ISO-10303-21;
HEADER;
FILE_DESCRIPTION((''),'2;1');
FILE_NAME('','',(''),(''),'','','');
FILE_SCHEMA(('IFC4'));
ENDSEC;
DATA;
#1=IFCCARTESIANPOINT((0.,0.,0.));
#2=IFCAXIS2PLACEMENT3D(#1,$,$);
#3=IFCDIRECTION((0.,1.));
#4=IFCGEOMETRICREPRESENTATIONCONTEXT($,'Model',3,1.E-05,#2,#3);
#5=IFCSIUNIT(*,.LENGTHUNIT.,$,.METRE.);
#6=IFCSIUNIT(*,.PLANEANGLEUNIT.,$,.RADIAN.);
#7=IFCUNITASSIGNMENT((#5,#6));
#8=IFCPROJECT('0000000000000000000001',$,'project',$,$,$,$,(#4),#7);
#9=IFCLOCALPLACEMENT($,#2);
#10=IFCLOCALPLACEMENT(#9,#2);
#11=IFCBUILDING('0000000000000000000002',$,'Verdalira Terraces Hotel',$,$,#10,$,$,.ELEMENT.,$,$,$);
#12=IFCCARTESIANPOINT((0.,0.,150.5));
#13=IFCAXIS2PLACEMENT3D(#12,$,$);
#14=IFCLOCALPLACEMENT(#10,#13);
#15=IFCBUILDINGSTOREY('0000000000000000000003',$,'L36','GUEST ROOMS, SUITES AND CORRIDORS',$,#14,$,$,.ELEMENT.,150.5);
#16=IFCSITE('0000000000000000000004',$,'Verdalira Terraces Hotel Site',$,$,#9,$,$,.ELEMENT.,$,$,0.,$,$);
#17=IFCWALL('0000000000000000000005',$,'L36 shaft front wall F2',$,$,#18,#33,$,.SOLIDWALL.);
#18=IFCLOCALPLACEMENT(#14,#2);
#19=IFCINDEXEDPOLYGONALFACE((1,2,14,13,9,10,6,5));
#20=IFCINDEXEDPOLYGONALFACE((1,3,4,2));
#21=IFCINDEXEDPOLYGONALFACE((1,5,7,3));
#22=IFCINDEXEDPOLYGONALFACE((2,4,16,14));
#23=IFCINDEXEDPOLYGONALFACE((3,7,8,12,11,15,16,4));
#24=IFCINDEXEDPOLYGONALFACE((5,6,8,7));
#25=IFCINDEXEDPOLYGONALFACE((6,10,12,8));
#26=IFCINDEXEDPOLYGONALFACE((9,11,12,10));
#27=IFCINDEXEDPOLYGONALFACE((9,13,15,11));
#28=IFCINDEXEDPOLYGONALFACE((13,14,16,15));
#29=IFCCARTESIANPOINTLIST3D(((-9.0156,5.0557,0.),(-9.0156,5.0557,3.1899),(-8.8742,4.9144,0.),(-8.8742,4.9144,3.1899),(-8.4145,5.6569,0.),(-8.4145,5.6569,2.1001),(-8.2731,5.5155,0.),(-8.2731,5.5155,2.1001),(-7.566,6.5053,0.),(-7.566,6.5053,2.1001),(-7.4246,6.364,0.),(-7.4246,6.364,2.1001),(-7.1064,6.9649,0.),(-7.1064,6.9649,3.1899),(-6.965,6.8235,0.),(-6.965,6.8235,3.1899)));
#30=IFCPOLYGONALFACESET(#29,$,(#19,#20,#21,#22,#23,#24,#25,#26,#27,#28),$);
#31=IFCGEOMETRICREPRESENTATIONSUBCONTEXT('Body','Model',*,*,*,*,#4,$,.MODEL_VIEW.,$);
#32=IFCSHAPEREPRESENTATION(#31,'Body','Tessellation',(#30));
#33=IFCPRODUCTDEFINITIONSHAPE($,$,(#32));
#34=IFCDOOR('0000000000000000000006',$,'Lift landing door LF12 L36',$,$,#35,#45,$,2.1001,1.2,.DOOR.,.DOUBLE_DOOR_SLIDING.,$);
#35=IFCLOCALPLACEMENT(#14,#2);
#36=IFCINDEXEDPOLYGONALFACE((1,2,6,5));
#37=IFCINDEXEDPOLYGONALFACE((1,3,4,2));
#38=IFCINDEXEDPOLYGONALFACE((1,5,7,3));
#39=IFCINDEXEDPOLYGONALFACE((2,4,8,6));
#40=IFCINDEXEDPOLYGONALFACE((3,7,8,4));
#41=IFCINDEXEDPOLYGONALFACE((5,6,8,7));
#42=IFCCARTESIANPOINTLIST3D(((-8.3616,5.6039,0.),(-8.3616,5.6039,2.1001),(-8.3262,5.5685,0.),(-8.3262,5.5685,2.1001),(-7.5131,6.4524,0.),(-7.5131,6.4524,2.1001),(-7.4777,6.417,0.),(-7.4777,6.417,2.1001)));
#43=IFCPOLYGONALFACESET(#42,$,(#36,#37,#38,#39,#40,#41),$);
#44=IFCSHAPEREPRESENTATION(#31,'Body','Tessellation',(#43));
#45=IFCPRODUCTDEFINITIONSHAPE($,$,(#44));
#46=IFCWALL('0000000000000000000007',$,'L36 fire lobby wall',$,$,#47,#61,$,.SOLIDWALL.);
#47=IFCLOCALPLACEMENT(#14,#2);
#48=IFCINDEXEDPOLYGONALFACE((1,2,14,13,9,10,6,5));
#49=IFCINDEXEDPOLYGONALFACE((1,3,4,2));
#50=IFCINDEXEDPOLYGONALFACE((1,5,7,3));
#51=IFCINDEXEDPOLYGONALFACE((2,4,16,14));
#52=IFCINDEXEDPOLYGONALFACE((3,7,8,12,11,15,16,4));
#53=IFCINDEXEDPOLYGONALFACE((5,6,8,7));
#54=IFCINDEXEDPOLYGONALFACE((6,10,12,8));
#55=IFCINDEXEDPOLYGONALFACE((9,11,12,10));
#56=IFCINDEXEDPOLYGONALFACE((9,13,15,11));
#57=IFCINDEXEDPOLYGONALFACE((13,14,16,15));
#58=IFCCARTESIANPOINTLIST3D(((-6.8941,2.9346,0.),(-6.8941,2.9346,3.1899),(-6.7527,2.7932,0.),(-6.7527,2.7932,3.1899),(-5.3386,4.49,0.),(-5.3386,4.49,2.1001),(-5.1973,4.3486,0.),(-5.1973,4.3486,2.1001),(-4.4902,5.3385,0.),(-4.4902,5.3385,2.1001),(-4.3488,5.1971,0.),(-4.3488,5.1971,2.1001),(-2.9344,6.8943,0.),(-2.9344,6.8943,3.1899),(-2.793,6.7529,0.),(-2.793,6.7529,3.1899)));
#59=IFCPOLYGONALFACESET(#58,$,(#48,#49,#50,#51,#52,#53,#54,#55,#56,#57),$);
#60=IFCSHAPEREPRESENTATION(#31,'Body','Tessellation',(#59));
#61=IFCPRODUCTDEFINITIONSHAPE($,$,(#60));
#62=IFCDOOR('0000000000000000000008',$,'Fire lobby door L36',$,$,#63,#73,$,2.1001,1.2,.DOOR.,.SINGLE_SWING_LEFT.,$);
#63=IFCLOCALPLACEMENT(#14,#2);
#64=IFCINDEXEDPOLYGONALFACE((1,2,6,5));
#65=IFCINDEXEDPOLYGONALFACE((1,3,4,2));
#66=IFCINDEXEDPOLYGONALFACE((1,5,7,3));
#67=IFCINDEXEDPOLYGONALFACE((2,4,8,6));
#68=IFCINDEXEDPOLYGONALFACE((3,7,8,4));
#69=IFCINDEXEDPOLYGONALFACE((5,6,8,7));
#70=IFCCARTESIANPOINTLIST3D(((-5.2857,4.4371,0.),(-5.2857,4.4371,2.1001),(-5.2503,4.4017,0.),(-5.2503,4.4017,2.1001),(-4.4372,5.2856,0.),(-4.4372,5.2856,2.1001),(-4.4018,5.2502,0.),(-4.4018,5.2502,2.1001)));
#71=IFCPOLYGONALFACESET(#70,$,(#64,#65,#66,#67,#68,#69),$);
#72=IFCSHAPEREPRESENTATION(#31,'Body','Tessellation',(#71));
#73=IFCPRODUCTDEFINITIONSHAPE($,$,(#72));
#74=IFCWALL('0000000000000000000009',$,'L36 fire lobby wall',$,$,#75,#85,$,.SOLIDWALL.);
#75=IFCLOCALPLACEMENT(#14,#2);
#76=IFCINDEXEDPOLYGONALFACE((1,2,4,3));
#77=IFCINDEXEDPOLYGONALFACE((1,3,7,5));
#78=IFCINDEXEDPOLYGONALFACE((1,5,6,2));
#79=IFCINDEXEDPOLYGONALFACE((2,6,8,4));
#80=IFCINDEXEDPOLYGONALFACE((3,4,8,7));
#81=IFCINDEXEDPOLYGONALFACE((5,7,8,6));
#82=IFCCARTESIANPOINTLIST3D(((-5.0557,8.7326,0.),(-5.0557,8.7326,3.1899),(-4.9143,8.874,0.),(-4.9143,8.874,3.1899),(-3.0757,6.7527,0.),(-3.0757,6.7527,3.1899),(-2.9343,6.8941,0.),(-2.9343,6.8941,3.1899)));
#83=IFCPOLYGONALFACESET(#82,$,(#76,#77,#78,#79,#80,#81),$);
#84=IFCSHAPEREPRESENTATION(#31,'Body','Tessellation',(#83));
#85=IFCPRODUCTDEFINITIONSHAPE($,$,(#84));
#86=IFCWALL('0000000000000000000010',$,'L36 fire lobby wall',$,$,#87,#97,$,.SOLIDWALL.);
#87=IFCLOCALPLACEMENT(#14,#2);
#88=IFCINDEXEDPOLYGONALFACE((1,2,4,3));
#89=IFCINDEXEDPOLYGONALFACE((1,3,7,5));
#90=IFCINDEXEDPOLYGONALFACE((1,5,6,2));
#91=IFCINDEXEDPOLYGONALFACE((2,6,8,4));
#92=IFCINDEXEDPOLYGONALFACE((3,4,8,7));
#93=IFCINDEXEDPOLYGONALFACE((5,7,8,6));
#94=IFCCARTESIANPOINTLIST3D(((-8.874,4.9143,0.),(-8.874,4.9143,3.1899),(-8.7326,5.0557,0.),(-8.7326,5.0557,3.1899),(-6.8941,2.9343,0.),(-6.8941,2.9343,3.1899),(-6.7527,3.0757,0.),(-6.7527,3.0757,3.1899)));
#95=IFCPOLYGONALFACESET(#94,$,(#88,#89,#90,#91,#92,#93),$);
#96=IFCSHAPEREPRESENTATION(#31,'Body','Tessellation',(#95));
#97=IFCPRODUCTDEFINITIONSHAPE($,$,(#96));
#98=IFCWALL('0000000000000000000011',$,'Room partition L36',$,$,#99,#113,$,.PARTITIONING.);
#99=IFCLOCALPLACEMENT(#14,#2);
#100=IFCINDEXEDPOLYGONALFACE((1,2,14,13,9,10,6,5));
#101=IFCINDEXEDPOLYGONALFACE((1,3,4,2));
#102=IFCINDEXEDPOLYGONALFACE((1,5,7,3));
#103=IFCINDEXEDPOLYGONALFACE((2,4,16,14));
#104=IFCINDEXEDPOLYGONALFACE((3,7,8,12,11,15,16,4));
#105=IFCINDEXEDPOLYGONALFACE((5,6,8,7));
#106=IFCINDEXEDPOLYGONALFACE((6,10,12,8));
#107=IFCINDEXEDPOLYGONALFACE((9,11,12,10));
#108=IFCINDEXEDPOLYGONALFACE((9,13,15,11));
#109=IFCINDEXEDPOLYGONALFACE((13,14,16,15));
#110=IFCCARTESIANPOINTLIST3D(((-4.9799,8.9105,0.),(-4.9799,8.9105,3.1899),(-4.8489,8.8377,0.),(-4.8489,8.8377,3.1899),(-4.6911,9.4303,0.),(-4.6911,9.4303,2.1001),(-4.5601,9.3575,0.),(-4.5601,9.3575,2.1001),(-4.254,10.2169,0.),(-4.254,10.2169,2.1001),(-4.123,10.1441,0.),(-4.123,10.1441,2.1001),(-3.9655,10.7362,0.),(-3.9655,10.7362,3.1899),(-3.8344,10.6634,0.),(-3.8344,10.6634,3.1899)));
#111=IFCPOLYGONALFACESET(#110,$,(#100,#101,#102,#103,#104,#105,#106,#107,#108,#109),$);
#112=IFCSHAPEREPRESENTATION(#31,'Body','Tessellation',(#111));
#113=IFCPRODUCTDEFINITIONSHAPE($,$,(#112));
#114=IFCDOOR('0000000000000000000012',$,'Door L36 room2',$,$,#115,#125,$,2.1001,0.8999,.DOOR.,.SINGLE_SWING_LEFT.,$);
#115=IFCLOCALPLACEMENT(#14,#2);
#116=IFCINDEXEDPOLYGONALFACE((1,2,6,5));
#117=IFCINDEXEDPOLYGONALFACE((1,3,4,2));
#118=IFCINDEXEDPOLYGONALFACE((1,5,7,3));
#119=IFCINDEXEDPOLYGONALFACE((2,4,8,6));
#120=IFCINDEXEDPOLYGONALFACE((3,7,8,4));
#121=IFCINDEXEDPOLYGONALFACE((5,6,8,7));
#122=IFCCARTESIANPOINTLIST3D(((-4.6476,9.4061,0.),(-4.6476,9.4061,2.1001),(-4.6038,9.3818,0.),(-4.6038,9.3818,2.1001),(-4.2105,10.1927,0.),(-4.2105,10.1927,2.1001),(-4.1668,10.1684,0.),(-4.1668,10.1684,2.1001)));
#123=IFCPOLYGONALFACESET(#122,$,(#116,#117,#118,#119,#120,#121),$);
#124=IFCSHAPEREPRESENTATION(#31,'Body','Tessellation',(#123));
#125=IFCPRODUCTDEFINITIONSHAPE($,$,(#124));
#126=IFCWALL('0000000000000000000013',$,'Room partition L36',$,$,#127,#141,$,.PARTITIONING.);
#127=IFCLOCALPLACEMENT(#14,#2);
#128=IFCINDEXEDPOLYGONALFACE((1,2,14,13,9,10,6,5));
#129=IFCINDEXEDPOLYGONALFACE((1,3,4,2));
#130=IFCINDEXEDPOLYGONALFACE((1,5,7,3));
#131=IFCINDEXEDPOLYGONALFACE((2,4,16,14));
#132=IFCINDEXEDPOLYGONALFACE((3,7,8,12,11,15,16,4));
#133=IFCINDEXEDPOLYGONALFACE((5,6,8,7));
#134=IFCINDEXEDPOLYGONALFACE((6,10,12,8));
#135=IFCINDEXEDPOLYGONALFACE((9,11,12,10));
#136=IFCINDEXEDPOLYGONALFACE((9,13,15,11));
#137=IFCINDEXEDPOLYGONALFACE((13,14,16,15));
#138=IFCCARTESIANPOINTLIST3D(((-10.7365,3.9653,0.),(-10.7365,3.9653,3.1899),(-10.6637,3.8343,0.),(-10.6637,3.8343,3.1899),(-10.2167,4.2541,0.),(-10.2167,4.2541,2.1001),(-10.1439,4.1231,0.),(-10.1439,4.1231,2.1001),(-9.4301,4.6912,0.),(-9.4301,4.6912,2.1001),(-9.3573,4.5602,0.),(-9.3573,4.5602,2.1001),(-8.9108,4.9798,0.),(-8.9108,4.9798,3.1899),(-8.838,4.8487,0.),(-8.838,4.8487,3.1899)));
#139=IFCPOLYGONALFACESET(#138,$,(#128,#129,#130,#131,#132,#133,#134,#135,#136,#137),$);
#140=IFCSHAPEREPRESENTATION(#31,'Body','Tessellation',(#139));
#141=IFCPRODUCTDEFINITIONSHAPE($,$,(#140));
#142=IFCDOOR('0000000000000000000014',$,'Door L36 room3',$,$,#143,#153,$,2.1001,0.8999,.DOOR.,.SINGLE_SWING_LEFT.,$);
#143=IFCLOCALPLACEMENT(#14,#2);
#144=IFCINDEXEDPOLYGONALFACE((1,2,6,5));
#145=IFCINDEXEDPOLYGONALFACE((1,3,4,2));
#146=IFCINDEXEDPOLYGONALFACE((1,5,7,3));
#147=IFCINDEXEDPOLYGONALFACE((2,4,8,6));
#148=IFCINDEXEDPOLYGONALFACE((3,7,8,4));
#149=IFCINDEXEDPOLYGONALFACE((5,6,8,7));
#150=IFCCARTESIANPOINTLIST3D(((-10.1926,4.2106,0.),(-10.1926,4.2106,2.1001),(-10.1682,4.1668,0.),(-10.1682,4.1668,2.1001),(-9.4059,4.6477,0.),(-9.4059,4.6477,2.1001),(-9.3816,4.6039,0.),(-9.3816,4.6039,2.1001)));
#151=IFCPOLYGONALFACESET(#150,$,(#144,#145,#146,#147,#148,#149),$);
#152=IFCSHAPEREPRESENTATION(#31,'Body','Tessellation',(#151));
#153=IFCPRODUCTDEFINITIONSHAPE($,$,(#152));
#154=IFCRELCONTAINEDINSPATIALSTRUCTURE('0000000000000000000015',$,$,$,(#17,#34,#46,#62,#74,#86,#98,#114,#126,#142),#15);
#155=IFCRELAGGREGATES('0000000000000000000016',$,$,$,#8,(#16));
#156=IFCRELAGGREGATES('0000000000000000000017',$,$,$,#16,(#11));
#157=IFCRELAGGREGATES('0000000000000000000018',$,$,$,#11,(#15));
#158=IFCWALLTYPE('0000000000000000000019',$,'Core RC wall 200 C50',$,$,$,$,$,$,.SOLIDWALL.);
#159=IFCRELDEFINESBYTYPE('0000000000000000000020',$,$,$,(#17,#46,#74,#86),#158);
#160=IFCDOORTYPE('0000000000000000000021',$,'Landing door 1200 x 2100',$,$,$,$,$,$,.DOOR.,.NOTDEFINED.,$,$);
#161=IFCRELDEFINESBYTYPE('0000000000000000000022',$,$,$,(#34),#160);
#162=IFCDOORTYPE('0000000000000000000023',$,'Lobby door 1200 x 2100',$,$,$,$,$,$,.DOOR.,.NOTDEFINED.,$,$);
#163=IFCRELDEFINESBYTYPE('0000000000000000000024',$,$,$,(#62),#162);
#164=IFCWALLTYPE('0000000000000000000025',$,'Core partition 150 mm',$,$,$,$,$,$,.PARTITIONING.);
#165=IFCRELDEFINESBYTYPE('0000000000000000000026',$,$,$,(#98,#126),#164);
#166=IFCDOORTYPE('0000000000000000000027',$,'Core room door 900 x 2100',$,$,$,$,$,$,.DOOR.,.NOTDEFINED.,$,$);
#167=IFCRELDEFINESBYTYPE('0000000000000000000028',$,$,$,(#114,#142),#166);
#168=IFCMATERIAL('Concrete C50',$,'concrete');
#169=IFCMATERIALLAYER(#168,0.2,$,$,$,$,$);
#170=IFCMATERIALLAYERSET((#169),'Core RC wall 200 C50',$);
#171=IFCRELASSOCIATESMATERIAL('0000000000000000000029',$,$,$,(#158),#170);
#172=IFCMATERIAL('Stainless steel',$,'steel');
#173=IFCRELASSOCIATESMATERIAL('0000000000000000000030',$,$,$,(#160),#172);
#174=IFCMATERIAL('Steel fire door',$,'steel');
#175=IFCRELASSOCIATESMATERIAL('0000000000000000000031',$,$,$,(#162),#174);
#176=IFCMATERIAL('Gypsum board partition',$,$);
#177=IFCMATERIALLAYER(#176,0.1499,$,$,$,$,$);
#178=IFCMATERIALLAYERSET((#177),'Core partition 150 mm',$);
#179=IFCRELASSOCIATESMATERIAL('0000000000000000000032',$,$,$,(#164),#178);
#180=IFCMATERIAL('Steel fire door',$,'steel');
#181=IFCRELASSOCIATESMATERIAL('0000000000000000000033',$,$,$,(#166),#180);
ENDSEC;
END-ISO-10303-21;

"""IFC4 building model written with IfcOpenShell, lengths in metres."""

from ifc_helpers import new_model, si_unit, direction, frame, frame_2d, origin, place, context, subcontext, project, spatial, rectangle, extrude, material, layer, layer_set, type_object, element, fill, save


model = new_model("IFC4")

# Units and contexts
model_context = context("Model", 3, precision=1e-05, world=origin(), true_north=direction((0.0, 1.0)))
body_context = subcontext(model_context, "Body", "Model", "MODEL_VIEW")
ifc_project = project(units=[si_unit("LENGTHUNIT", "METRE"), si_unit("PLANEANGLEUNIT", "RADIAN")], contexts=[model_context])

# Site, building, storey
site_placement = place(None, origin())
site = spatial("IfcSite", under=ifc_project, at=site_placement, Name="Verdalira Terraces Hotel Site", CompositionType="ELEMENT", RefElevation=0.0)
building_placement = place(site_placement, origin())
building = spatial("IfcBuilding", under=site, at=building_placement, Name="Verdalira Terraces Hotel", CompositionType="ELEMENT")
storey_placement = place(building_placement, frame((0.0, 0.0, 150.5)))
storey = spatial("IfcBuildingStorey", under=building, at=storey_placement, Name="L36", Description="GUEST ROOMS, SUITES AND CORRIDORS", CompositionType="ELEMENT", Elevation=150.5)

# Walls, openings, doors
ifc_material_1 = material(Name="Concrete C50", Category="concrete")
ifc_layer_1 = layer(ifc_material_1, 0.2)
ifc_layer_set_1 = layer_set([ifc_layer_1], Name="Core RC wall 200 C50")
wall_type_1 = type_object("IfcWallType", Name="Core RC wall 200 C50", PredefinedType="SOLIDWALL", material=ifc_layer_set_1)
ifc_material_2 = material(Name="Stainless steel", Category="steel")
door_type_1 = type_object("IfcDoorType", Name="Landing door 1200 x 2100", OperationType="NOTDEFINED", PredefinedType="DOOR", material=ifc_material_2)
wall_1_placement = place(storey_placement, frame((-7.0356, 6.8943, 0.0), z_axis=(0.0, 0.0, 1.0), x_axis=(-0.707107, -0.707107, 0.0)))
wall_1 = element("IfcWall", 1, at=wall_1_placement, inside=storey, type_object=wall_type_1, Name="L36 shaft front wall F2", PredefinedType="SOLIDWALL", context=body_context, shape_type="SweptSolid", body=[
    extrude(rectangle(XDim=2.7, YDim=0.2, at=frame_2d((1.3501, 0.0))), origin(), (0.0, 0.0, 1.0), 3.1899),
])
opening_1_placement = place(wall_1_placement, frame((0.6499, 0.0, 0.0)))
opening_1 = element("IfcOpeningElement", 2, at=opening_1_placement, cuts=wall_1, PredefinedType="OPENING", context=body_context, shape_type="SweptSolid", body=[
    extrude(rectangle(XDim=1.2, YDim=2.1001, at=frame_2d((0.6001, 1.05))), frame((0.0, 0.1099, 0.0), z_axis=(0.0, -1.0, 0.0), x_axis=(1.0, 0.0, 0.0)), (0.0, 0.0, 1.0), 0.22),
])
door_1_placement = place(opening_1_placement, origin())
door_1 = element("IfcDoor", 3, at=door_1_placement, inside=storey, type_object=door_type_1, Name="Lift landing door LF12 L36", OperationType="DOUBLE_DOOR_SLIDING", OverallHeight=2.1001, OverallWidth=1.2, PredefinedType="DOOR", context=body_context, shape_type="SweptSolid", body=[
    extrude(rectangle(XDim=1.2, YDim=2.1001, at=frame_2d((0.6001, 1.05))), frame((0.0, 0.0249, 0.0), z_axis=(0.0, -1.0, 0.0), x_axis=(1.0, 0.0, 0.0)), (0.0, 0.0, 1.0), 0.05),
])
fill(opening_1, door_1)
wall_2_placement = place(storey_placement, frame((-2.8638, 6.8235, 0.0), z_axis=(0.0, 0.0, 1.0), x_axis=(-0.707107, -0.707107, 0.0)))
wall_2 = element("IfcWall", 4, at=wall_2_placement, inside=storey, type_object=wall_type_1, Name="L36 fire lobby wall", PredefinedType="SOLIDWALL", context=body_context, shape_type="SweptSolid", body=[
    extrude(rectangle(XDim=5.5999, YDim=0.2, at=frame_2d((2.7998, 0.0))), origin(), (0.0, 0.0, 1.0), 3.1899),
])
opening_2_placement = place(wall_2_placement, frame((2.2, 0.0, 0.0)))
opening_2 = element("IfcOpeningElement", 5, at=opening_2_placement, cuts=wall_2, PredefinedType="OPENING", context=body_context, shape_type="SweptSolid", body=[
    extrude(rectangle(XDim=1.2, YDim=2.1001, at=frame_2d((0.6001, 1.05))), frame((0.0, 0.1099, 0.0), z_axis=(0.0, -1.0, 0.0), x_axis=(1.0, 0.0, 0.0)), (0.0, 0.0, 1.0), 0.22),
])
ifc_material_3 = material(Name="Steel fire door", Category="steel")
door_type_2 = type_object("IfcDoorType", Name="Lobby door 1200 x 2100", OperationType="NOTDEFINED", PredefinedType="DOOR", material=ifc_material_3)
door_2_placement = place(opening_2_placement, origin())
door_2 = element("IfcDoor", 6, at=door_2_placement, inside=storey, type_object=door_type_2, Name="Fire lobby door L36", OperationType="SINGLE_SWING_LEFT", OverallHeight=2.1001, OverallWidth=1.2, PredefinedType="DOOR", context=body_context, shape_type="SweptSolid", body=[
    extrude(rectangle(XDim=1.2, YDim=2.1001, at=frame_2d((0.6001, 1.05))), frame((0.0, 0.0249, 0.0), z_axis=(0.0, -1.0, 0.0), x_axis=(1.0, 0.0, 0.0)), (0.0, 0.0, 1.0), 0.05),
])
fill(opening_2, door_2)

# Walls
for number, where, z_axis, x_axis, name in (
    (7, (-3.0051, 6.8235, 0.0), (0.0, 0.0, 1.0), (-0.707107, 0.707107, 0.0), "L36 fire lobby wall"),
    (8, (-6.8235, 3.0051, 0.0), (0.0, 0.0, 1.0), (-0.707107, 0.707107, 0.0), "L36 fire lobby wall"),
):
    element("IfcWall", number, at=place(storey_placement, frame(where, z_axis=z_axis, x_axis=x_axis)), inside=storey, type_object=wall_type_1, Name=name, PredefinedType="SOLIDWALL", context=body_context, shape_type="SweptSolid", body=[
        extrude(rectangle(XDim=2.8, YDim=0.2, at=frame_2d((1.3999, 0.0))), origin(), (0.0, 0.0, 1.0), 3.1899),
    ])

# Walls, openings, doors
ifc_material_4 = material(Name="Gypsum board partition")
ifc_layer_2 = layer(ifc_material_4, 0.1499)
ifc_layer_set_2 = layer_set([ifc_layer_2], Name="Core partition 150 mm")
wall_type_2 = type_object("IfcWallType", Name="Core partition 150 mm", PredefinedType="PARTITIONING", material=ifc_layer_set_2)
wall_3_placement = place(storey_placement, frame((-3.8999, 10.7, 0.0), z_axis=(0.0, 0.0, 1.0), x_axis=(-0.485693, -0.87413, 0.0)))
wall_3 = element("IfcWall", 9, at=wall_3_placement, inside=storey, type_object=wall_type_2, Name="Room partition L36", PredefinedType="PARTITIONING", context=body_context, shape_type="SweptSolid", body=[
    extrude(rectangle(XDim=2.0886, YDim=0.1499, at=frame_2d((1.0444, 0.0))), origin(), (0.0, 0.0, 1.0), 3.1899),
])
opening_3_placement = place(wall_3_placement, frame((0.5942, 0.0, 0.0)))
opening_3 = element("IfcOpeningElement", 10, at=opening_3_placement, cuts=wall_3, PredefinedType="OPENING", context=body_context, shape_type="SweptSolid", body=[
    extrude(rectangle(XDim=0.8999, YDim=2.1001, at=frame_2d((0.45, 1.05))), frame((0.0, 0.085, 0.0), z_axis=(0.0, -1.0, 0.0), x_axis=(1.0, 0.0, 0.0)), (0.0, 0.0, 1.0), 0.1699),
])
ifc_material_5 = material(Name="Steel fire door", Category="steel")
door_type_3 = type_object("IfcDoorType", Name="Core room door 900 x 2100", OperationType="NOTDEFINED", PredefinedType="DOOR", material=ifc_material_5)
door_3_placement = place(opening_3_placement, origin())
door_3 = element("IfcDoor", 11, at=door_3_placement, inside=storey, type_object=door_type_3, Name="Door L36 room2", OperationType="SINGLE_SWING_LEFT", OverallHeight=2.1001, OverallWidth=0.8999, PredefinedType="DOOR", context=body_context, shape_type="SweptSolid", body=[
    extrude(rectangle(XDim=0.8999, YDim=2.1001, at=frame_2d((0.45, 1.05))), frame((0.0, 0.0249, 0.0), z_axis=(0.0, -1.0, 0.0), x_axis=(1.0, 0.0, 0.0)), (0.0, 0.0, 1.0), 0.05),
])
fill(opening_3, door_3)
wall_4_placement = place(storey_placement, frame((-8.8743, 4.9143, 0.0), z_axis=(0.0, 0.0, 1.0), x_axis=(-0.87413, -0.485693, 0.0)))
wall_4 = element("IfcWall", 12, at=wall_4_placement, inside=storey, type_object=wall_type_2, Name="Room partition L36", PredefinedType="PARTITIONING", context=body_context, shape_type="SweptSolid", body=[
    extrude(rectangle(XDim=2.0886, YDim=0.1499, at=frame_2d((1.0444, 0.0))), origin(), (0.0, 0.0, 1.0), 3.1899),
])
opening_4_placement = place(wall_4_placement, frame((0.5942, 0.0, 0.0)))
opening_4 = element("IfcOpeningElement", 13, at=opening_4_placement, cuts=wall_4, PredefinedType="OPENING", context=body_context, shape_type="SweptSolid", body=[
    extrude(rectangle(XDim=0.8999, YDim=2.1001, at=frame_2d((0.45, 1.05))), frame((0.0, 0.085, 0.0), z_axis=(0.0, -1.0, 0.0), x_axis=(1.0, 0.0, 0.0)), (0.0, 0.0, 1.0), 0.1699),
])
door_4_placement = place(opening_4_placement, origin())
door_4 = element("IfcDoor", 14, at=door_4_placement, inside=storey, type_object=door_type_3, Name="Door L36 room3", OperationType="SINGLE_SWING_LEFT", OverallHeight=2.1001, OverallWidth=0.8999, PredefinedType="DOOR", context=body_context, shape_type="SweptSolid", body=[
    extrude(rectangle(XDim=0.8999, YDim=2.1001, at=frame_2d((0.45, 1.05))), frame((0.0, 0.0249, 0.0), z_axis=(0.0, -1.0, 0.0), x_axis=(1.0, 0.0, 0.0)), (0.0, 0.0, 1.0), 0.05),
])
fill(opening_4, door_4)

save(model, "model.ifc")
